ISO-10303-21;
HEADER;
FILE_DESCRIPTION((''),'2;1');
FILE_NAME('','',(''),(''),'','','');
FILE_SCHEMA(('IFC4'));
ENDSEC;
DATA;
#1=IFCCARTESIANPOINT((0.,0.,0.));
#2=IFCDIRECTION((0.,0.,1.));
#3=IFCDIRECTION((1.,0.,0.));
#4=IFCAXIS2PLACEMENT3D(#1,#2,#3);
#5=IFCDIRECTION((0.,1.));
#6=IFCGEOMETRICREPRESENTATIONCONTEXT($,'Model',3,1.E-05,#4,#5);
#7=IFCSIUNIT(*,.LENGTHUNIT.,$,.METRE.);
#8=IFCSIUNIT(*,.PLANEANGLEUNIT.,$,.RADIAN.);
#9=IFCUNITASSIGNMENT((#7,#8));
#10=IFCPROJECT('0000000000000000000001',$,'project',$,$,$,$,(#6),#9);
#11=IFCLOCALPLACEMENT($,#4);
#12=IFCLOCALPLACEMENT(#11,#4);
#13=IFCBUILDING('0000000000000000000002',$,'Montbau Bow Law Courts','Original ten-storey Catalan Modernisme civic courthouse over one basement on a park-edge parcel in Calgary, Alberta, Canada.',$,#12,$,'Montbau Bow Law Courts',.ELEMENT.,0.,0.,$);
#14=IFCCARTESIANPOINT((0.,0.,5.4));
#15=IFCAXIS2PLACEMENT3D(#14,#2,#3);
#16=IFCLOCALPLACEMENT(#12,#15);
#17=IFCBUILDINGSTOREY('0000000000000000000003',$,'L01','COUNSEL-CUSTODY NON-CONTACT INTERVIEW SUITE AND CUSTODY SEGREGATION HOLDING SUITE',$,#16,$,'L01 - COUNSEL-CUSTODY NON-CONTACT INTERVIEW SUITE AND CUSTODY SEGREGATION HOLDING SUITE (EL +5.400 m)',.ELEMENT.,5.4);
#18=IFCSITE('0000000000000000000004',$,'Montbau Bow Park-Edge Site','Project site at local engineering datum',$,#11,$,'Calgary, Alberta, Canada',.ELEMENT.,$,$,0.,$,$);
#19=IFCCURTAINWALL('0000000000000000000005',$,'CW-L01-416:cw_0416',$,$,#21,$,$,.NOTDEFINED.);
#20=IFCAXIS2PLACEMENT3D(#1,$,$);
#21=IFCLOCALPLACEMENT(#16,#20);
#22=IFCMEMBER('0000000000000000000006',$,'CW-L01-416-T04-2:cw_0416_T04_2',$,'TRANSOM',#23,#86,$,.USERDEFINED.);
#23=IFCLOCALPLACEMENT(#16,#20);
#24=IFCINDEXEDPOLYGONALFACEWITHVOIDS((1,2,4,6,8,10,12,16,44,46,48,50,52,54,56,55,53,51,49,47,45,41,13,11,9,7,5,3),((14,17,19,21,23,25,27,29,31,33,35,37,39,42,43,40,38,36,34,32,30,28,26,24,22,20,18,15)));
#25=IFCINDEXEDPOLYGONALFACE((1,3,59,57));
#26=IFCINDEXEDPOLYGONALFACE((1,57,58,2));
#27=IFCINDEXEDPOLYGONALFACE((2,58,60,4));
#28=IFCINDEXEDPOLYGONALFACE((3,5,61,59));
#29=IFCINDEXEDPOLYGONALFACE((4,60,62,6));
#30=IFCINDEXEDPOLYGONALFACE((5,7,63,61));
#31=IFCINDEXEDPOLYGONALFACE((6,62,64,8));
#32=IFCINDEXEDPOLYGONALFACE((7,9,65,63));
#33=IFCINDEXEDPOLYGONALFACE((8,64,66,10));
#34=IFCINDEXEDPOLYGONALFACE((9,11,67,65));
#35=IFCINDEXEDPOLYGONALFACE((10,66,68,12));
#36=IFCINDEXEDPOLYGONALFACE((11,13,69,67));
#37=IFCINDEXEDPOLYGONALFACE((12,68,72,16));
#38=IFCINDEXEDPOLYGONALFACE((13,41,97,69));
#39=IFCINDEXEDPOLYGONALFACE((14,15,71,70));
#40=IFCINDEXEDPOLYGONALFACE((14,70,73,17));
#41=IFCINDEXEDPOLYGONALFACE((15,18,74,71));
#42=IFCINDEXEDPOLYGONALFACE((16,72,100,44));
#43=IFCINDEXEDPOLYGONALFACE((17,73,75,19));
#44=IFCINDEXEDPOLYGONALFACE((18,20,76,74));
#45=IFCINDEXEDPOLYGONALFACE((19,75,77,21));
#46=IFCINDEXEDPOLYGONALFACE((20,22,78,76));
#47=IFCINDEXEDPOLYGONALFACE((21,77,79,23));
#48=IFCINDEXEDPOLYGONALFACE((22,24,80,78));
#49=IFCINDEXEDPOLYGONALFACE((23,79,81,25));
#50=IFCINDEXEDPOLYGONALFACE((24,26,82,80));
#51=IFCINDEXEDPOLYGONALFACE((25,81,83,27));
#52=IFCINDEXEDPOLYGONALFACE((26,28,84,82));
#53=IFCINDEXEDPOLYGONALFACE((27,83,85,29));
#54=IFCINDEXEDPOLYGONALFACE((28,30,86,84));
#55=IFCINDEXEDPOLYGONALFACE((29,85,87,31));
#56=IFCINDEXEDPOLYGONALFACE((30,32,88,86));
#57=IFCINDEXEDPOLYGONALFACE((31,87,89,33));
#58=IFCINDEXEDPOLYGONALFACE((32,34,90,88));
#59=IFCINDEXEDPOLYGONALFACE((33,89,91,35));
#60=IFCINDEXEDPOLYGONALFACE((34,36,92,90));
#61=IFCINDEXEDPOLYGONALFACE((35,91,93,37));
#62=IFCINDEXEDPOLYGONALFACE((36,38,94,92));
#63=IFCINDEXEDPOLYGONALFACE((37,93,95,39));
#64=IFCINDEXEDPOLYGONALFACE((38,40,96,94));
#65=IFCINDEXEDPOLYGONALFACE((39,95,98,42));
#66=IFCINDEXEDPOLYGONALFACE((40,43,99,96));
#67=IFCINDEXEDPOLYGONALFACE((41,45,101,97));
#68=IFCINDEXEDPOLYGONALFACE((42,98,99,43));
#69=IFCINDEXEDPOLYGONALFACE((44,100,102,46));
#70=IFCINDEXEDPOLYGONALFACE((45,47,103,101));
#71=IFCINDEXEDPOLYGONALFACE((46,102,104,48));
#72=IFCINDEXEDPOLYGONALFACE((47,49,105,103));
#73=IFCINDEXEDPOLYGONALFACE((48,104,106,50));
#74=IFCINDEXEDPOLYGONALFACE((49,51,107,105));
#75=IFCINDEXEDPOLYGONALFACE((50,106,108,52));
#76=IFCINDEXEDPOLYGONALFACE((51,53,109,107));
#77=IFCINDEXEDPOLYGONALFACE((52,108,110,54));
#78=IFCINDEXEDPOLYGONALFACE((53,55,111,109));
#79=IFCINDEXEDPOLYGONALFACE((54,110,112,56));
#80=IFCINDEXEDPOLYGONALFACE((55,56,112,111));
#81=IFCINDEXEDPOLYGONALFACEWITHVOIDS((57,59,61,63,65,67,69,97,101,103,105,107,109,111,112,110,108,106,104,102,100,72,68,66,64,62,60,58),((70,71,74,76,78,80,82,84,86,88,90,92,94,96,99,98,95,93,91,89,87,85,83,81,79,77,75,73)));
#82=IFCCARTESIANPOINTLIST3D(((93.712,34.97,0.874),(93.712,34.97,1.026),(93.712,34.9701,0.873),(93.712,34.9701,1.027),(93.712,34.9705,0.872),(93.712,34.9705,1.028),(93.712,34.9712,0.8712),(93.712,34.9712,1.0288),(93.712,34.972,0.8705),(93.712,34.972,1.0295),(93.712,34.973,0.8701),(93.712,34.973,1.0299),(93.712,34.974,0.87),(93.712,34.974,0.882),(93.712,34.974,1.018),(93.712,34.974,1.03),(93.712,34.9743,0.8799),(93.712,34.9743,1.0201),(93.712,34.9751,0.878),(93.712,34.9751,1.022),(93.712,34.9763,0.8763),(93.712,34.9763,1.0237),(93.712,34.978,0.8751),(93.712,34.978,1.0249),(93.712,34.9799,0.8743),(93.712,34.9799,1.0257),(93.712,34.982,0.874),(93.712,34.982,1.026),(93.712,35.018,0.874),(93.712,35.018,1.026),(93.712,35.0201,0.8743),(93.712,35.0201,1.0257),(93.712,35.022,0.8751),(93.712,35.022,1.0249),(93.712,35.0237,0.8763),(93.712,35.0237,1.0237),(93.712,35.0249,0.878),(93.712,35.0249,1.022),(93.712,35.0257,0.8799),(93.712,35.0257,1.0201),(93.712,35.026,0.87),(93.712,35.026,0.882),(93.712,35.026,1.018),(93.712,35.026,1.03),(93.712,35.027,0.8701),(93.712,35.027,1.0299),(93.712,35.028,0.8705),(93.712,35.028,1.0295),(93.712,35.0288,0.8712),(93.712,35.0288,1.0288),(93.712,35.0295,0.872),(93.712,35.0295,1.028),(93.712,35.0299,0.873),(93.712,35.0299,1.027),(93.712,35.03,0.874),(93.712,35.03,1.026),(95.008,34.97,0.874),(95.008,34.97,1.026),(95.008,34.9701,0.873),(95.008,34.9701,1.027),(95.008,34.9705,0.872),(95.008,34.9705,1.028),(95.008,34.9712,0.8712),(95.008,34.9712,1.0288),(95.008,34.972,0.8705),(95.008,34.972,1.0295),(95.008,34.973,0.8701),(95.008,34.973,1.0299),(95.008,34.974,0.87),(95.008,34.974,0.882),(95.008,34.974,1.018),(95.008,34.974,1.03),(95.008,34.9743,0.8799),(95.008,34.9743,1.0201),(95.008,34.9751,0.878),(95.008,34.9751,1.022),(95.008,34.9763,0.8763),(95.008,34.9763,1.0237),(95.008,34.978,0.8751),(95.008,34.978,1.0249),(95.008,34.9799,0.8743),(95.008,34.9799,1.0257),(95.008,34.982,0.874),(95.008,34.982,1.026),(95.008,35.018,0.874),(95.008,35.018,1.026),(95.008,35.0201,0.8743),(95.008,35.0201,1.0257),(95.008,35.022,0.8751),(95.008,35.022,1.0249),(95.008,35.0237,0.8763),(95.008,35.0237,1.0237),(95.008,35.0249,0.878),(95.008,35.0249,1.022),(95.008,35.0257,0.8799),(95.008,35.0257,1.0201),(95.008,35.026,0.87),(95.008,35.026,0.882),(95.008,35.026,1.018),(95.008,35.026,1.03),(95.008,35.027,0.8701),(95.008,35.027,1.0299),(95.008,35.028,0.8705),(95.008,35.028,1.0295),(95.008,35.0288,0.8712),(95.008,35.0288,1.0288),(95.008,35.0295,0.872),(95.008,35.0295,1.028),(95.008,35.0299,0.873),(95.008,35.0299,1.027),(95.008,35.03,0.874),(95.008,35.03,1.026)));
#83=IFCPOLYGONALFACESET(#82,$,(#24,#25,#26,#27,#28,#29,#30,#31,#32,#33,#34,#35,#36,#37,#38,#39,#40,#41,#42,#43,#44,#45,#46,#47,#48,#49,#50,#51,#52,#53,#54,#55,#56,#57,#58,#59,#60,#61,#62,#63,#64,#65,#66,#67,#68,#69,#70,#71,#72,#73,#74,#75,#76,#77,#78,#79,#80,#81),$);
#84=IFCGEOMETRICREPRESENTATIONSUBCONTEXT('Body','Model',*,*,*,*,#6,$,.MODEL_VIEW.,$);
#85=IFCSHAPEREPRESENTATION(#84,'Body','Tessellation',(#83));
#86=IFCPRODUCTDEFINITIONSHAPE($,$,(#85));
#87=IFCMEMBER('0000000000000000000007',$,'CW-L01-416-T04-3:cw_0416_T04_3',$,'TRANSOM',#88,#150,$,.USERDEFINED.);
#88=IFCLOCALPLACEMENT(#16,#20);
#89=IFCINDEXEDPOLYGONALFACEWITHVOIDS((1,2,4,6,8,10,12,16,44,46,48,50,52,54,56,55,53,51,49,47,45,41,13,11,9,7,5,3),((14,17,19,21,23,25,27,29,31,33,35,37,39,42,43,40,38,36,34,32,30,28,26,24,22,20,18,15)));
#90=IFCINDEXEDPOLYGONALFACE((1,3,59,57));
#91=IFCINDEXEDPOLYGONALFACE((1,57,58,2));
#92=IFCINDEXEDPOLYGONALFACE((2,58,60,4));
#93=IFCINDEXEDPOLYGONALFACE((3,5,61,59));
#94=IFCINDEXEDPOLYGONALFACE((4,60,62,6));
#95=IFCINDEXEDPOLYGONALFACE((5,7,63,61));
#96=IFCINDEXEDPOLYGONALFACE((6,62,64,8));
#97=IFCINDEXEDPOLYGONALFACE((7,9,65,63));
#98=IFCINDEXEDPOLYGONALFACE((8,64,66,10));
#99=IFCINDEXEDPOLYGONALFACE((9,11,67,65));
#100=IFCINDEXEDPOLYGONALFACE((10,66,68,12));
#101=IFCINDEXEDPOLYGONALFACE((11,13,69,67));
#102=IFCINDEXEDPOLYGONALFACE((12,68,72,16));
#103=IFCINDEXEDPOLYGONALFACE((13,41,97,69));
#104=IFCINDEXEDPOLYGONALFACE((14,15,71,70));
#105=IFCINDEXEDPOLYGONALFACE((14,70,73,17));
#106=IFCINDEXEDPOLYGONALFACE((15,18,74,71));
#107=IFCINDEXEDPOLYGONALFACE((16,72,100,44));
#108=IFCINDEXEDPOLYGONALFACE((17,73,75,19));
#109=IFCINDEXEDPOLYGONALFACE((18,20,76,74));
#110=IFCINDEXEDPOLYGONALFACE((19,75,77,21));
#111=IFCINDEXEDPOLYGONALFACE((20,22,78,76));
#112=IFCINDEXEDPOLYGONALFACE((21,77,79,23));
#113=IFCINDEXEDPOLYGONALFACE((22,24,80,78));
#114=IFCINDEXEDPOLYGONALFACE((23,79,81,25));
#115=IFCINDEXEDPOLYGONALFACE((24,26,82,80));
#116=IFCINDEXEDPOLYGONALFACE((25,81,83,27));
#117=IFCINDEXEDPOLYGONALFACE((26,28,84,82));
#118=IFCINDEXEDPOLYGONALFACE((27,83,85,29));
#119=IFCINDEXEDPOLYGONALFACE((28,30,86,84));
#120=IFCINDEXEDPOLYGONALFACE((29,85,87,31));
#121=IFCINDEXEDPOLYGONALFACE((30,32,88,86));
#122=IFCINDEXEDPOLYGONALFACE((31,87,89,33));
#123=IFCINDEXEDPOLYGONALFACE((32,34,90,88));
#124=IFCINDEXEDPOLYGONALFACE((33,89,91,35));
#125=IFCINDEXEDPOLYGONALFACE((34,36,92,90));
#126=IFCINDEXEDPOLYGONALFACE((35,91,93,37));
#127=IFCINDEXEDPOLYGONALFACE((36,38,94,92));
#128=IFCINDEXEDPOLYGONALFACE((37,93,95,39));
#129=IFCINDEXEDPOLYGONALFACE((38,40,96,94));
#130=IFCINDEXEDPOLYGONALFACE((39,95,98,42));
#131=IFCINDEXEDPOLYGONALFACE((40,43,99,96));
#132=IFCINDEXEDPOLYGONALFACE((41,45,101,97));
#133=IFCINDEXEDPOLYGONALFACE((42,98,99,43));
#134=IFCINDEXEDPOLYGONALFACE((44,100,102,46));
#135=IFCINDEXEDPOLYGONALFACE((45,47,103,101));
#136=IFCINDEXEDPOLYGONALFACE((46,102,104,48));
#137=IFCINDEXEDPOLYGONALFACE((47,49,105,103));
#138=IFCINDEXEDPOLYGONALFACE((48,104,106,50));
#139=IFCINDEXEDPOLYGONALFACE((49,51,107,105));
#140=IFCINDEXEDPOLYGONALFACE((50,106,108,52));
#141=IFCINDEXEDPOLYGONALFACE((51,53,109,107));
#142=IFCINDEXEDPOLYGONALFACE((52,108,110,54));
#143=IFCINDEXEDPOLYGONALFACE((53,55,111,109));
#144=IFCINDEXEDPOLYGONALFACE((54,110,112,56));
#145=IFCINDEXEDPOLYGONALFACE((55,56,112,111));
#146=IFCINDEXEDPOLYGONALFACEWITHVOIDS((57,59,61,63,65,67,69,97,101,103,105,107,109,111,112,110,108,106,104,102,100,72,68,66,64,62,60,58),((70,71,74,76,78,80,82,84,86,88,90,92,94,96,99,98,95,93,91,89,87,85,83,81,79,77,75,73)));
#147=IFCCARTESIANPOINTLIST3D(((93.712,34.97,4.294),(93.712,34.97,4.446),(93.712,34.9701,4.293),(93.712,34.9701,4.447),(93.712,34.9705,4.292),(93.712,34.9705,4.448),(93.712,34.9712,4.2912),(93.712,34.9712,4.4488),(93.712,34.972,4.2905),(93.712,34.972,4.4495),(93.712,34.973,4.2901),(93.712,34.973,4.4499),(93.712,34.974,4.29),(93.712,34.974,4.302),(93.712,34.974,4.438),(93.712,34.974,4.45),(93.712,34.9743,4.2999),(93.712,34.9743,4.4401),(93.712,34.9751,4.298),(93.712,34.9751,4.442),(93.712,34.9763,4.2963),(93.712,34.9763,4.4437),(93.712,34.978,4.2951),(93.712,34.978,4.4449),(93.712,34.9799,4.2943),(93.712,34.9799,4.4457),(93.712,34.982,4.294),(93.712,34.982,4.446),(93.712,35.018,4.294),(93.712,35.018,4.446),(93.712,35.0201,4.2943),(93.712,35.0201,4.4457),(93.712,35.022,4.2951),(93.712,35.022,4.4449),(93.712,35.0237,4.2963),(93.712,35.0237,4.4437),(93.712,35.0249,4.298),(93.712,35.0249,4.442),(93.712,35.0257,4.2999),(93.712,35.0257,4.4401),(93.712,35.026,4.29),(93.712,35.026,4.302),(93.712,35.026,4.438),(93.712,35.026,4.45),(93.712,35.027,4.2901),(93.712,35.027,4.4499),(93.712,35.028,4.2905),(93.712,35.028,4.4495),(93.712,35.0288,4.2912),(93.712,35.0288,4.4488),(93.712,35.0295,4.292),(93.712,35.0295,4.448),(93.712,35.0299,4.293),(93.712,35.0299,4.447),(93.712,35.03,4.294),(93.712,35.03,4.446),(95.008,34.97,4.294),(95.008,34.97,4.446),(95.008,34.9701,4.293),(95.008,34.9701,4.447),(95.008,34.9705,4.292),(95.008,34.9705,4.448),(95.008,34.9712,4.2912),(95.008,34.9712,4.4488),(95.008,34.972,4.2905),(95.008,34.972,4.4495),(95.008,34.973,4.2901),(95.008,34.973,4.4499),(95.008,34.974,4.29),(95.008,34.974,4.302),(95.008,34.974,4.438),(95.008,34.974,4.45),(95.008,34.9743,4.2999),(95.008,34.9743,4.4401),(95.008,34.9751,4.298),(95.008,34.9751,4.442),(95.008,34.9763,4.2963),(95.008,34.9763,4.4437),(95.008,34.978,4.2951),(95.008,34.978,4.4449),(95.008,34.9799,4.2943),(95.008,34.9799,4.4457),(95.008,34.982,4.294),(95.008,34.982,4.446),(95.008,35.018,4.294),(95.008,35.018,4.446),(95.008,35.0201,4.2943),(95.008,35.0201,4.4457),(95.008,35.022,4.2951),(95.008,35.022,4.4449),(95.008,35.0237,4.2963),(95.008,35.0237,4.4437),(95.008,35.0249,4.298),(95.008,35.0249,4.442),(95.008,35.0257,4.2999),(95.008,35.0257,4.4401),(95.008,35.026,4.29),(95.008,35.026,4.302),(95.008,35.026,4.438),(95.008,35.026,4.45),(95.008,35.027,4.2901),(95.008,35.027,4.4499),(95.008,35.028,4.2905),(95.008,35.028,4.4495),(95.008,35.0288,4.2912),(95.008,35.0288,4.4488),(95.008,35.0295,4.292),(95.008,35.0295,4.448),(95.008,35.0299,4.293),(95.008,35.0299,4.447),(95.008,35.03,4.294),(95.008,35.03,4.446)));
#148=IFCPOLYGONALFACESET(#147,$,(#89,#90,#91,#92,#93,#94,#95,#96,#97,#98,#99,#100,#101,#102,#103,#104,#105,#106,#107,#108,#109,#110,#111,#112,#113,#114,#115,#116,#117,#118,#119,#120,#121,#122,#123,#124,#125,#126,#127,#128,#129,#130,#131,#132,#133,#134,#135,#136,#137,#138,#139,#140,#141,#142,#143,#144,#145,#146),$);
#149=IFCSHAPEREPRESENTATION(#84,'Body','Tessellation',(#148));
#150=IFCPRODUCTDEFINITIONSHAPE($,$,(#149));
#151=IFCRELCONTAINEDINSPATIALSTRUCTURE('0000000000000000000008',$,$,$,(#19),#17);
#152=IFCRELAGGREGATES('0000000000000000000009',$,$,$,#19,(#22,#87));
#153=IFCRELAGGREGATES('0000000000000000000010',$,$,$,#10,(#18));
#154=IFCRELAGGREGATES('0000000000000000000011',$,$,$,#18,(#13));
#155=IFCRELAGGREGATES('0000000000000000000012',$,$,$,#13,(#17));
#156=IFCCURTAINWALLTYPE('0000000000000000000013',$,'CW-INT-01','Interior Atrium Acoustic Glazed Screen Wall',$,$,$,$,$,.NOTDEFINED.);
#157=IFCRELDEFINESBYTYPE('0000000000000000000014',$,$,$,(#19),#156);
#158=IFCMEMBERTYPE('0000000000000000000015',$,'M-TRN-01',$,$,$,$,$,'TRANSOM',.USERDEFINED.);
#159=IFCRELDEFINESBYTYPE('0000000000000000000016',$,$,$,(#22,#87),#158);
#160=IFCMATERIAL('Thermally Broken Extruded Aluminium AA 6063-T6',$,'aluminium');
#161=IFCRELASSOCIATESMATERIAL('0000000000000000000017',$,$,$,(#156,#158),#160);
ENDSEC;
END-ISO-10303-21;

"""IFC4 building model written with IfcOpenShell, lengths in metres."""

from ifc_helpers import new_model, si_unit, direction, frame, origin_with_axes, origin_2d_with_axis, place, context, subcontext, project, spatial, hollow_rectangle, extrude, material, material_profile, profile_set, type_object, element, aggregate, save


model = new_model("IFC4")

# Units and contexts
model_context = context("Model", 3, precision=1e-05, world=origin_with_axes(), true_north=direction((0.0, 1.0)))
body_context = subcontext(model_context, "Body", "Model", "MODEL_VIEW")
ifc_project = project(units=[si_unit("LENGTHUNIT", "METRE"), si_unit("PLANEANGLEUNIT", "RADIAN")], contexts=[model_context])

# Site, building, storey
site_placement = place(None, origin_with_axes())
site = spatial("IfcSite", under=ifc_project, at=site_placement, Name="Montbau Bow Park-Edge Site", Description="Project site at local engineering datum", LongName="Calgary, Alberta, Canada", CompositionType="ELEMENT", RefElevation=0.0)
building_placement = place(site_placement, origin_with_axes())
building = spatial("IfcBuilding", under=site, at=building_placement, Name="Montbau Bow Law Courts", Description="Original ten-storey Catalan Modernisme civic courthouse over one basement on a park-edge parcel in Calgary, Alberta, Canada.", LongName="Montbau Bow Law Courts", CompositionType="ELEMENT", ElevationOfRefHeight=0.0, ElevationOfTerrain=0.0)
storey_placement = place(building_placement, frame((0.0, 0.0, 5.4), z_axis=(0.0, 0.0, 1.0), x_axis=(1.0, 0.0, 0.0)))
storey = spatial("IfcBuildingStorey", under=building, at=storey_placement, Name="L01", Description="COUNSEL-CUSTODY NON-CONTACT INTERVIEW SUITE AND CUSTODY SEGREGATION HOLDING SUITE", LongName="L01 - COUNSEL-CUSTODY NON-CONTACT INTERVIEW SUITE AND CUSTODY SEGREGATION HOLDING SUITE (EL +5.400 m)", CompositionType="ELEMENT", Elevation=5.4)

# Curtain wall, members
ifc_material_1 = material(Name="Thermally Broken Extruded Aluminium AA 6063-T6", Category="aluminium")
curtain_wall_type = type_object("IfcCurtainWallType", Name="CW-INT-01", Description="Interior Atrium Acoustic Glazed Screen Wall", PredefinedType="NOTDEFINED", material=ifc_material_1)
curtain_wall_placement = place(None, frame((89.6, 35.0, 5.4), z_axis=(0.0, 0.0, 1.0), x_axis=(1.0, 0.0, 0.0)))
curtain_wall = element("IfcCurtainWall", 1, at=curtain_wall_placement, inside=storey, type_object=curtain_wall_type, Name="CW-L01-416:cw_0416", PredefinedType="NOTDEFINED")
ifc_material_profile_1 = material_profile(ifc_material_1, hollow_rectangle(XDim=0.06, YDim=0.16, WallThickness=0.004, InnerFilletRadius=0.008, OuterFilletRadius=0.004, at=origin_2d_with_axis()), Name="CWT-160X60", Category="Main", Priority=0)
ifc_profile_set_1 = profile_set([ifc_material_profile_1], Name="Thermally Broken Extruded Aluminium AA 6063-T6")
member_type_1 = type_object("IfcMemberType", Name="M-TRN-01", ElementType="TRANSOM", PredefinedType="USERDEFINED", material=ifc_profile_set_1)
member_1_placement = place(None, frame((93.712, 35.0, 6.35), z_axis=(1.0, 0.0, 0.0), x_axis=(0.0, 1.0, 0.0)))
member_1 = element("IfcMember", 2, at=member_1_placement, type_object=member_type_1, Name="CW-L01-416-T04-2:cw_0416_T04_2", ObjectType="TRANSOM", PredefinedType="USERDEFINED", context=body_context, shape_type="SweptSolid", body=[
    extrude(hollow_rectangle(XDim=0.06, YDim=0.16, WallThickness=0.004, InnerFilletRadius=0.008, OuterFilletRadius=0.004, at=origin_2d_with_axis()), origin_with_axes(), (0.0, 0.0, 1.0), 1.296),
])
member_2_placement = place(None, frame((93.712, 35.0, 9.77), z_axis=(1.0, 0.0, 0.0), x_axis=(0.0, 1.0, 0.0)))
member_2 = element("IfcMember", 3, at=member_2_placement, type_object=member_type_1, Name="CW-L01-416-T04-3:cw_0416_T04_3", ObjectType="TRANSOM", PredefinedType="USERDEFINED", context=body_context, shape_type="SweptSolid", body=[
    extrude(hollow_rectangle(XDim=0.06, YDim=0.16, WallThickness=0.004, InnerFilletRadius=0.008, OuterFilletRadius=0.004, at=origin_2d_with_axis()), origin_with_axes(), (0.0, 0.0, 1.0), 1.296),
])
aggregate(curtain_wall, [member_1, member_2])

save(model, "model.ifc")
